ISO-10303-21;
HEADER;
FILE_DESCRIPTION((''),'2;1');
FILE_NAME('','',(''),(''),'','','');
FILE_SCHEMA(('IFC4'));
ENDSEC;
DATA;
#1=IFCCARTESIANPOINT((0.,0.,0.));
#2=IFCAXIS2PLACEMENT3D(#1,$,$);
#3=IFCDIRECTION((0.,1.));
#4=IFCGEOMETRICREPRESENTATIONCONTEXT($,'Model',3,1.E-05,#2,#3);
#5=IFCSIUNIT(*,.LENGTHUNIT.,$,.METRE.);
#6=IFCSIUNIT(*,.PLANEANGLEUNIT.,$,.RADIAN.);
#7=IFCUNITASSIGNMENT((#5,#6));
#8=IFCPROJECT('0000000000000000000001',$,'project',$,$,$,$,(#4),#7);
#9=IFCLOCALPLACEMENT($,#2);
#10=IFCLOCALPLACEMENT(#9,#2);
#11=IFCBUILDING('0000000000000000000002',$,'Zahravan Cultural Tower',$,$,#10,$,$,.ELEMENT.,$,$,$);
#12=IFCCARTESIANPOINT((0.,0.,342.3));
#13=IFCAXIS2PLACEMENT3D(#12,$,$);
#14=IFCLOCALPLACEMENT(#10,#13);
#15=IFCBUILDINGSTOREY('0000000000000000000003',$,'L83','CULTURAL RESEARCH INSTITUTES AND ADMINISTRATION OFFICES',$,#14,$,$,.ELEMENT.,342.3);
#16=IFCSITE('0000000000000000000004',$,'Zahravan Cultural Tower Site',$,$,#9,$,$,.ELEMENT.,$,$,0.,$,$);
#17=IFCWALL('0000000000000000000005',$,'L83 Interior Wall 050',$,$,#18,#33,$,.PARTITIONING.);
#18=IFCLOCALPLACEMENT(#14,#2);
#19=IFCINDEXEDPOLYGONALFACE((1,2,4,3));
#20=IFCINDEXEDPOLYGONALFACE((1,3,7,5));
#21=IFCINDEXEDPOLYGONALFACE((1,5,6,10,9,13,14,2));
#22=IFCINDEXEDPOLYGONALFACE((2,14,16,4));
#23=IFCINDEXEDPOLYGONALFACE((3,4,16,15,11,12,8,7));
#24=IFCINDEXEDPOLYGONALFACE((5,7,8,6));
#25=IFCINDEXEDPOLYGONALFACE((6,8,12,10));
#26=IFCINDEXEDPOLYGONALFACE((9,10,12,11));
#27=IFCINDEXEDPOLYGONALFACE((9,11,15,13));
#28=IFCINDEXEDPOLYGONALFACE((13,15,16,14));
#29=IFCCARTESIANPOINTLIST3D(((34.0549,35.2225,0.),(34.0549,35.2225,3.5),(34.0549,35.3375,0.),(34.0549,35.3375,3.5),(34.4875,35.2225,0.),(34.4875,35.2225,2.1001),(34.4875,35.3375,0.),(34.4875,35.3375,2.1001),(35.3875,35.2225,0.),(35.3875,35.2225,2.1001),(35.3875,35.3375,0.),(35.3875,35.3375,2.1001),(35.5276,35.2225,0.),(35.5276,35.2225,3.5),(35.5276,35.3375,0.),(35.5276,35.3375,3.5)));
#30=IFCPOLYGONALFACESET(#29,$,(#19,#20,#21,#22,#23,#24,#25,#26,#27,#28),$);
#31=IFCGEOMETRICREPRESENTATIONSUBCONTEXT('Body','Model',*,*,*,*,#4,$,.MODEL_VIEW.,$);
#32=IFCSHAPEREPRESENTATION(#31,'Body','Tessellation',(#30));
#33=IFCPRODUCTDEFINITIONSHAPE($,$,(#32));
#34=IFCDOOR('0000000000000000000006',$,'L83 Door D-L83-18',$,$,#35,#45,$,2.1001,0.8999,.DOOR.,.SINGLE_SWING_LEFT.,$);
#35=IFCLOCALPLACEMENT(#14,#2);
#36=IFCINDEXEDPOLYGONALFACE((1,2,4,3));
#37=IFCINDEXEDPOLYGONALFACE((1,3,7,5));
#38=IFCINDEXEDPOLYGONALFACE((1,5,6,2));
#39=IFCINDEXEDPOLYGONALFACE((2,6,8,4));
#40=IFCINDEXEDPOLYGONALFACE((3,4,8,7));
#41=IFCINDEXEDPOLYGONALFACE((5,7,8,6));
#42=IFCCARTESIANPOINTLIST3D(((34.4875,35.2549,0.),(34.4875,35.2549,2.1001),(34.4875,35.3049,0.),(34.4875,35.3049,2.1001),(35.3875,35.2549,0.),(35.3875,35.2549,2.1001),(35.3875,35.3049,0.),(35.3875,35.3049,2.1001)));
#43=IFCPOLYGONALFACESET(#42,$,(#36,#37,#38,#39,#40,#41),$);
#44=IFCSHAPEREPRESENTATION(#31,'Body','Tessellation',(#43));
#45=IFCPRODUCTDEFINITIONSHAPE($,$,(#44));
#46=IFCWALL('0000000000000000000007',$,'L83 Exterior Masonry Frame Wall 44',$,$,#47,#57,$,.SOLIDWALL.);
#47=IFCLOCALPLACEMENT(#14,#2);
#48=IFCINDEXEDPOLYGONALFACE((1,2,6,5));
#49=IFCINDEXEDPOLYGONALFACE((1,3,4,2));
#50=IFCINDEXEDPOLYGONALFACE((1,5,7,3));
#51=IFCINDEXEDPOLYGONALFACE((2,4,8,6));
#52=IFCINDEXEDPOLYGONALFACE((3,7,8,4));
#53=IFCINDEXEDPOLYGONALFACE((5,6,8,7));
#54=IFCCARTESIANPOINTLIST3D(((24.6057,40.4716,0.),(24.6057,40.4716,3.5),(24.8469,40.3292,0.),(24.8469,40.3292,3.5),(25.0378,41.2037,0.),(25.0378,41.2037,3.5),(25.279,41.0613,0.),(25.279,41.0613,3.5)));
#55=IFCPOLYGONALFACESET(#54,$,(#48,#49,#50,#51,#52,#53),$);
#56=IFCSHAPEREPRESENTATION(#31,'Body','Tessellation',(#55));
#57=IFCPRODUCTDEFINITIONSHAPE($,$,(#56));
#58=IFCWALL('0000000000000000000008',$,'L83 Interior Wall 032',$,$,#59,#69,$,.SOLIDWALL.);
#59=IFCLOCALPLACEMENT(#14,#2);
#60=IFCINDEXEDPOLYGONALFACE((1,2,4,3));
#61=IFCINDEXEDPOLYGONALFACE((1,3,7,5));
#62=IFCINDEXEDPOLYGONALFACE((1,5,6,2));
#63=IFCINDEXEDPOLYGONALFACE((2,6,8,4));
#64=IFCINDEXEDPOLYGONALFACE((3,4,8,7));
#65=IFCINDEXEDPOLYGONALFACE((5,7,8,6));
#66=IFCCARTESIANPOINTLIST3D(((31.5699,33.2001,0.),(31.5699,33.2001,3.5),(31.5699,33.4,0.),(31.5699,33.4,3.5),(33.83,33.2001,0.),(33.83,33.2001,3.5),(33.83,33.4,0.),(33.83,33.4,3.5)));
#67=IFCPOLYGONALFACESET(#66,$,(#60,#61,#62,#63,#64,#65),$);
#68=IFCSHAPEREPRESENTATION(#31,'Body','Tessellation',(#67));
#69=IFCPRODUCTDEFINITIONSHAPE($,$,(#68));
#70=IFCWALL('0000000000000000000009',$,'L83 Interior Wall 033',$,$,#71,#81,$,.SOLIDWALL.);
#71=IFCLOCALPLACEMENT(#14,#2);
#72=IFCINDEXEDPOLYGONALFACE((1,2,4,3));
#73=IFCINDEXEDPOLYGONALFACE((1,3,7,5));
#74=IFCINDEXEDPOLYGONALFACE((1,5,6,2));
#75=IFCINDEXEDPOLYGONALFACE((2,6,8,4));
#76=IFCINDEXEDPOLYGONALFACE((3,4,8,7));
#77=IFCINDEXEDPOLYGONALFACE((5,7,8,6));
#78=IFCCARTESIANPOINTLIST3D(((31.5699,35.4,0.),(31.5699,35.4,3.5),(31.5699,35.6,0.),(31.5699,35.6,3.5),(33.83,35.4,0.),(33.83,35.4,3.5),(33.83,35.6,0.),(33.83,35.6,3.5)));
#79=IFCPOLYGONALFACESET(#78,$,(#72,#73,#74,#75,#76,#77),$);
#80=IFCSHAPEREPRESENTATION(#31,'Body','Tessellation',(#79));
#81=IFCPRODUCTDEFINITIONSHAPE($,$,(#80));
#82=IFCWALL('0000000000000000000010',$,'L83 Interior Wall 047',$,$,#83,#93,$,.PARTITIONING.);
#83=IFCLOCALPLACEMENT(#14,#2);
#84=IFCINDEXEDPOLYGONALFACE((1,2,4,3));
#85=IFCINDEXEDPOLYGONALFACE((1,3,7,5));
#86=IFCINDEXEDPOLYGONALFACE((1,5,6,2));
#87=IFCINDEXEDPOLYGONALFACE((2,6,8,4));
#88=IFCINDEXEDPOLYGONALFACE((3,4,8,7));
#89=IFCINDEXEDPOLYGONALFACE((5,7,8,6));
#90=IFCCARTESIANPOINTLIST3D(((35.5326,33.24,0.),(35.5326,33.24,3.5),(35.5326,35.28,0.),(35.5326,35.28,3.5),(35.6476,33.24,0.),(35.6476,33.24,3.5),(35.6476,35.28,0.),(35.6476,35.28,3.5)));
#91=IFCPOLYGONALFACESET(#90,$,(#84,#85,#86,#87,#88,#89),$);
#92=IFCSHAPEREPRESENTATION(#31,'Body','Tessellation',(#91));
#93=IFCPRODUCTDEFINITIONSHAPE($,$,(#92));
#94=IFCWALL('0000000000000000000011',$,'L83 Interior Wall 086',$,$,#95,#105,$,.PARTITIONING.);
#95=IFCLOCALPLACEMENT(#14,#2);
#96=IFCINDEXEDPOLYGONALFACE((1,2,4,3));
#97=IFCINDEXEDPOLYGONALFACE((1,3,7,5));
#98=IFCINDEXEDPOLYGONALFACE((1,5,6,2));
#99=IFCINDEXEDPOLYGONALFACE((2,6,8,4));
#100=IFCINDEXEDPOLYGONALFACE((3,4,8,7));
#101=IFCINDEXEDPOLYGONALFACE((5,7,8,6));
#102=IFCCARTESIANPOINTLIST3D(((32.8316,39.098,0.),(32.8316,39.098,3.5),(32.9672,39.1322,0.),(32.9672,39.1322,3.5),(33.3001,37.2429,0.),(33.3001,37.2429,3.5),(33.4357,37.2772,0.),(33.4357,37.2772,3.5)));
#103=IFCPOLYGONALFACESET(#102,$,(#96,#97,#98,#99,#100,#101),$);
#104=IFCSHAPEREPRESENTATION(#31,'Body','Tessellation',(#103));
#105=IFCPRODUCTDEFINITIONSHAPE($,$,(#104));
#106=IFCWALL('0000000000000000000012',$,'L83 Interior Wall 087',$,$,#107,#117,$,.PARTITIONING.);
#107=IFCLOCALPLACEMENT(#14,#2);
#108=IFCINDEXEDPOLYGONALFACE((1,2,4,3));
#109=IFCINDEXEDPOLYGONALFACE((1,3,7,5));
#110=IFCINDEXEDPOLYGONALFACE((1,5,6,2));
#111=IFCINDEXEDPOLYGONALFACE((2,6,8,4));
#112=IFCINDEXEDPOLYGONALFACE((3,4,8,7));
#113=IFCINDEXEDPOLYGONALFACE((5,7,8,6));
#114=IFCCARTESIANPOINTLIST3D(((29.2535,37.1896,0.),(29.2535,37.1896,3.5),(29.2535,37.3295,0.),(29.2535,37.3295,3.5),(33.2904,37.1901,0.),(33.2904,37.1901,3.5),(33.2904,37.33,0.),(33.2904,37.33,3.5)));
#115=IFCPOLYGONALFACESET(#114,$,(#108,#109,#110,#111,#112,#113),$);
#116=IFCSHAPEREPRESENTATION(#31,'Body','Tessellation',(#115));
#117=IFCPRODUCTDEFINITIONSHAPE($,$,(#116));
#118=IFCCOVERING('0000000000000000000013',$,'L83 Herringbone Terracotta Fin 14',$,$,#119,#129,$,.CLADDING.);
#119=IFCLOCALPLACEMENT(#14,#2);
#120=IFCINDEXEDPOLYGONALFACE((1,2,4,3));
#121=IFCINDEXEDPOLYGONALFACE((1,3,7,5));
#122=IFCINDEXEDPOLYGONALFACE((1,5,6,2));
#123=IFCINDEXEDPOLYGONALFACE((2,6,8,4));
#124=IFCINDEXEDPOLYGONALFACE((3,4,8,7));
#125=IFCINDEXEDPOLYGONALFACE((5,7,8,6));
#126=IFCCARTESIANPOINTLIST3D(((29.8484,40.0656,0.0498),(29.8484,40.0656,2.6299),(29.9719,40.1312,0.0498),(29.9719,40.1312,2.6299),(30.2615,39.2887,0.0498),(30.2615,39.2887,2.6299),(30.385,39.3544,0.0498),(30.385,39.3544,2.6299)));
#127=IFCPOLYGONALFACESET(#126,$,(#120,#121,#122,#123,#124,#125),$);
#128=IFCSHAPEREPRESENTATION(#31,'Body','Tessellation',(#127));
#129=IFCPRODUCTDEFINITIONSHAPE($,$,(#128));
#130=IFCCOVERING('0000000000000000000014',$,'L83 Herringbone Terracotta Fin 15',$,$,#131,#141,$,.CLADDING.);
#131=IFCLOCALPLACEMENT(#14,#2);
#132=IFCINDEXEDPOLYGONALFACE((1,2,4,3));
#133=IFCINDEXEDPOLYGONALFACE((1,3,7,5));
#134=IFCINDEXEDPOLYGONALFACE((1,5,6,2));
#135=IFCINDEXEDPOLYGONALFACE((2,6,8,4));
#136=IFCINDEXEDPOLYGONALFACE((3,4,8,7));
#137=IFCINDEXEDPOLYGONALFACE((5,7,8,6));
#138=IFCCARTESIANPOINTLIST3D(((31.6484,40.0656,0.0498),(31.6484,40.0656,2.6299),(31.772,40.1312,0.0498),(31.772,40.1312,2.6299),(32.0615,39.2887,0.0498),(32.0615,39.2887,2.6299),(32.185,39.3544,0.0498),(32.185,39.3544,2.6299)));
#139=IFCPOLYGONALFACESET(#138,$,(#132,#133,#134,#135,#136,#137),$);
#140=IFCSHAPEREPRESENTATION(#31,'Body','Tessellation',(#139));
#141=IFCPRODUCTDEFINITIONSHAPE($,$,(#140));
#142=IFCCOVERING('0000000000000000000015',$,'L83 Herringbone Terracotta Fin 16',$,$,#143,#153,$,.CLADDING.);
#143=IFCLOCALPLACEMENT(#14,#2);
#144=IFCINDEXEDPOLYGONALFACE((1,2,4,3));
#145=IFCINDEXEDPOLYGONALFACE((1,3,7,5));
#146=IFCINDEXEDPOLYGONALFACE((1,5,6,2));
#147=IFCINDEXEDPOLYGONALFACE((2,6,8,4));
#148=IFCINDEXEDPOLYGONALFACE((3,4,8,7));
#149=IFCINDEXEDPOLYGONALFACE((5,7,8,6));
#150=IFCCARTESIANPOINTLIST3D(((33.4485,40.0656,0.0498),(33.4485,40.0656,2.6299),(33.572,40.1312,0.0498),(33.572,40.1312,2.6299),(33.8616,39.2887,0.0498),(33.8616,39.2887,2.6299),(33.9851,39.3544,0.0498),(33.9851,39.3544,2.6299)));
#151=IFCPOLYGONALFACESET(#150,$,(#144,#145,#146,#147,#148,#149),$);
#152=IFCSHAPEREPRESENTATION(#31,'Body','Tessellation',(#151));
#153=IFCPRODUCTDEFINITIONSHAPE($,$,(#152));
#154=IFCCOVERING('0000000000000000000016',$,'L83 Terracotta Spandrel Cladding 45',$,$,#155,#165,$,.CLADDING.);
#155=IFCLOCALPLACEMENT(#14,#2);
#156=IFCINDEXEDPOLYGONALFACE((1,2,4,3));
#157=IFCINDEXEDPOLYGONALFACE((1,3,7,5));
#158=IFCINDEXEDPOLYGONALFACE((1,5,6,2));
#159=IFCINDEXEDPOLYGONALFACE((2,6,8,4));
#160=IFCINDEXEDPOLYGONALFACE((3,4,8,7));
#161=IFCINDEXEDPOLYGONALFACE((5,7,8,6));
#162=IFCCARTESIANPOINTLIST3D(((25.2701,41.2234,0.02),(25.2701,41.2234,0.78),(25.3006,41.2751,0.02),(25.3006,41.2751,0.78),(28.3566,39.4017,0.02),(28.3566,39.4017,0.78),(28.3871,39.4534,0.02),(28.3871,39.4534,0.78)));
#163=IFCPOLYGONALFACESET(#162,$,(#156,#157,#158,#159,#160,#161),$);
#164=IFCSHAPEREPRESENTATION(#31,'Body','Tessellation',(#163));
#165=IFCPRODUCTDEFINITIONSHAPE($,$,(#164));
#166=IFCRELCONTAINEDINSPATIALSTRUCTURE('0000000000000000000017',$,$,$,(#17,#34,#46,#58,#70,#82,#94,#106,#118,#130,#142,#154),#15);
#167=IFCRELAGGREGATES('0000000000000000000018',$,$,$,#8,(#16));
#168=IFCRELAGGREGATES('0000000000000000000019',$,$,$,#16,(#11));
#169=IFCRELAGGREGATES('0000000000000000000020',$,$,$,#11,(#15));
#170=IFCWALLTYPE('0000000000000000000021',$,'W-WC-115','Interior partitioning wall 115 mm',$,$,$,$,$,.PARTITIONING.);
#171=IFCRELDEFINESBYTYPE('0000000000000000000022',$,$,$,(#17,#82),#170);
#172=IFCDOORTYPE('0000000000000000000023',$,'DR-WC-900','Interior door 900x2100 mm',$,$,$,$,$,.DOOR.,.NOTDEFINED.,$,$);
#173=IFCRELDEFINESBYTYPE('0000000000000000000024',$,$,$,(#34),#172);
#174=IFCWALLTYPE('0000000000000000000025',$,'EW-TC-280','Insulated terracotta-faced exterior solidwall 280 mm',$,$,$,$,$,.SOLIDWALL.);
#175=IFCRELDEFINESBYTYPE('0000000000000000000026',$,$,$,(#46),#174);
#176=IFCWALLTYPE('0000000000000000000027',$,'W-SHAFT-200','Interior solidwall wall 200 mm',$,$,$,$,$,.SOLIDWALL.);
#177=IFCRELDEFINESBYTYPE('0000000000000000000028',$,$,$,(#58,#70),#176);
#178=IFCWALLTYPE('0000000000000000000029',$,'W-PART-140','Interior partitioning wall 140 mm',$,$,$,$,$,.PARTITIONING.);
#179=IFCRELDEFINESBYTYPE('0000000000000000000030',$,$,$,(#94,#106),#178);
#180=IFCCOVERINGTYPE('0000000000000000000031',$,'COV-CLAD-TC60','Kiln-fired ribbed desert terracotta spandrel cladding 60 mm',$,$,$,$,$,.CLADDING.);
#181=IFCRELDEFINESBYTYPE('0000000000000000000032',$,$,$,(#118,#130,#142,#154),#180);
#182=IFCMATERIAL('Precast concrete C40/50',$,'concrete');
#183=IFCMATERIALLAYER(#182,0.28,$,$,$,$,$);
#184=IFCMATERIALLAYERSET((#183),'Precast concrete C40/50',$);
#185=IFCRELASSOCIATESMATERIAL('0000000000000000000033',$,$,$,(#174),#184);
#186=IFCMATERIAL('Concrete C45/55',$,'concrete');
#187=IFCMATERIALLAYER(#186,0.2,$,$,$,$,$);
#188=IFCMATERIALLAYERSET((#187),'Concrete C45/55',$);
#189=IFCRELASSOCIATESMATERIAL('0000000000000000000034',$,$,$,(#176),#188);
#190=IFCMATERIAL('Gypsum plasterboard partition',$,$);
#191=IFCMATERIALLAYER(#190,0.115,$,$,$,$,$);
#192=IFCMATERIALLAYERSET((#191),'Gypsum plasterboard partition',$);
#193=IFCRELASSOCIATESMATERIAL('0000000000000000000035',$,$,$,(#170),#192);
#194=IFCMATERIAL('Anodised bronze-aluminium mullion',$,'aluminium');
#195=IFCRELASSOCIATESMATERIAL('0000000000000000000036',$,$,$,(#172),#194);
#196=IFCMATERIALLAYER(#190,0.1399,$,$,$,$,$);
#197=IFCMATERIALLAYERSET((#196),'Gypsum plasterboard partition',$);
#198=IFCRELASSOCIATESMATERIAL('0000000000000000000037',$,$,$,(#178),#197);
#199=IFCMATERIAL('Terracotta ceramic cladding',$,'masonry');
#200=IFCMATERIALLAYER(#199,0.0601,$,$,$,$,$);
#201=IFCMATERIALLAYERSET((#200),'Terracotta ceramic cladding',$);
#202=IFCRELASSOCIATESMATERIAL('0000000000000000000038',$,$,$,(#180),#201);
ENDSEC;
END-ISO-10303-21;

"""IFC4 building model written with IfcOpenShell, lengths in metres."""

from ifc_helpers import new_model, si_unit, direction, frame, frame_2d, origin, origin_2d, place, context, subcontext, project, spatial, rectangle, extrude, source, transform, mapped, material, layer, layer_set, type_object, element, fill, save


model = new_model("IFC4")

# Units and contexts
model_context = context("Model", 3, precision=1e-05, world=origin(), true_north=direction((0.0, 1.0)))
body_context = subcontext(model_context, "Body", "Model", "MODEL_VIEW")
ifc_project = project(units=[si_unit("LENGTHUNIT", "METRE"), si_unit("PLANEANGLEUNIT", "RADIAN")], contexts=[model_context])

# Site, building, storey
site_placement = place(None, origin())
site = spatial("IfcSite", under=ifc_project, at=site_placement, Name="Zahravan Cultural Tower Site", CompositionType="ELEMENT", RefElevation=0.0)
building_placement = place(site_placement, origin())
building = spatial("IfcBuilding", under=site, at=building_placement, Name="Zahravan Cultural Tower", CompositionType="ELEMENT")
storey_placement = place(building_placement, frame((0.0, 0.0, 342.3)))
storey = spatial("IfcBuildingStorey", under=building, at=storey_placement, Name="L83", Description="CULTURAL RESEARCH INSTITUTES AND ADMINISTRATION OFFICES", CompositionType="ELEMENT", Elevation=342.3)

# Shared definitions
ifc_material_1 = material(Name="Precast concrete C40/50", Category="concrete")
ifc_layer_1 = layer(ifc_material_1, 0.28)
ifc_layer_set_1 = layer_set([ifc_layer_1], Name="Precast concrete C40/50")
wall_type_1 = type_object("IfcWallType", Name="EW-TC-280", Description="Insulated terracotta-faced exterior solidwall 280 mm", PredefinedType="SOLIDWALL", material=ifc_layer_set_1)

# Wall, opening, door
ifc_material_2 = material(Name="Concrete C45/55", Category="concrete")
ifc_layer_2 = layer(ifc_material_2, 0.2)
ifc_layer_set_2 = layer_set([ifc_layer_2], Name="Concrete C45/55")
wall_type_2 = type_object("IfcWallType", Name="W-SHAFT-200", Description="Interior solidwall wall 200 mm", PredefinedType="SOLIDWALL", material=ifc_layer_set_2)
ifc_material_3 = material(Name="Gypsum plasterboard partition")
ifc_layer_3 = layer(ifc_material_3, 0.115)
ifc_layer_set_3 = layer_set([ifc_layer_3], Name="Gypsum plasterboard partition")
wall_type_3 = type_object("IfcWallType", Name="W-WC-115", Description="Interior partitioning wall 115 mm", PredefinedType="PARTITIONING", material=ifc_layer_set_3)
ifc_material_4 = material(Name="Anodised bronze-aluminium mullion", Category="aluminium")
door_type_1 = type_object("IfcDoorType", Name="DR-WC-900", Description="Interior door 900x2100 mm", OperationType="NOTDEFINED", PredefinedType="DOOR", material=ifc_material_4)
shared_shape_1 = source(origin(), body_context, "Body", "SweptSolid", [
    extrude(rectangle(XDim=0.8999, YDim=2.1001, at=frame_2d((0.45, 1.05))), frame((0.0, 0.0249, 0.0), z_axis=(0.0, -1.0, 0.0), x_axis=(1.0, 0.0, 0.0)), (0.0, 0.0, 1.0), 0.05),
])
wall_1_placement = place(storey_placement, frame((34.0549, 35.28, 0.0), z_axis=(0.0, 0.0, 1.0), x_axis=(1.0, 0.0, 0.0)))
wall_1 = element("IfcWall", 1, at=wall_1_placement, inside=storey, type_object=wall_type_3, Name="L83 Interior Wall 050", PredefinedType="PARTITIONING", context=body_context, shape_type="SweptSolid", body=[
    extrude(rectangle(XDim=1.4727, YDim=0.115, at=frame_2d((0.7363, 0.0))), origin(), (0.0, 0.0, 1.0), 3.5),
])
opening_1_placement = place(wall_1_placement, frame((0.4326, 0.0, 0.0)))
opening_1 = element("IfcOpeningElement", 2, at=opening_1_placement, cuts=wall_1, PredefinedType="OPENING", context=body_context, shape_type="SweptSolid", body=[
    extrude(rectangle(XDim=0.8999, YDim=2.1001, at=frame_2d((0.45, 1.05))), frame((0.0, 0.0674, 0.0), z_axis=(0.0, -1.0, 0.0), x_axis=(1.0, 0.0, 0.0)), (0.0, 0.0, 1.0), 0.135),
])
door_1_placement = place(opening_1_placement, origin())
door_1 = element("IfcDoor", 3, at=door_1_placement, inside=storey, type_object=door_type_1, Name="L83 Door D-L83-18", OperationType="SINGLE_SWING_LEFT", OverallHeight=2.1001, OverallWidth=0.8999, PredefinedType="DOOR", context=body_context, shape_type="MappedRepresentation", body=[
    mapped(shared_shape_1, transform((0.0, 0.0, 0.0), x_axis=(1.0, 0.0, 0.0), y_axis=(0.0, 1.0, 0.0), z_axis=(0.0, 0.0, 1.0), scale=1.0)),
])
fill(opening_1, door_1)

# Walls
shared_shape_2 = source(origin(), body_context, "Body", "SweptSolid", [
    extrude(rectangle(XDim=0.8501, YDim=0.28, at=frame_2d((0.425, 0.0))), origin(), (0.0, 0.0, 1.0), 3.5),
])
wall_2_placement = place(storey_placement, frame((24.7263, 40.4004, 0.0), z_axis=(0.0, 0.0, 1.0), x_axis=(0.508275, 0.861195, 0.0)))
element("IfcWall", 4, at=wall_2_placement, inside=storey, type_object=wall_type_1, Name="L83 Exterior Masonry Frame Wall 44", PredefinedType="SOLIDWALL", context=body_context, shape_type="MappedRepresentation", body=[
    mapped(shared_shape_2, transform((0.0, 0.0, 0.0), x_axis=(1.0, 0.0, 0.0), y_axis=(0.0, 1.0, 0.0), z_axis=(0.0, 0.0, 1.0), scale=1.0)),
])
shared_shape_3 = source(origin(), body_context, "Body", "SweptSolid", [
    extrude(rectangle(XDim=2.26, YDim=0.2, at=frame_2d((1.1299, 0.0))), origin(), (0.0, 0.0, 1.0), 3.5),
])
for number, where, z_axis, x_axis, name in (
    (5, (31.5701, 33.3, 0.0), (0.0, 0.0, 1.0), (1.0, 0.0, 0.0), "L83 Interior Wall 032"),
    (6, (31.5701, 35.5, 0.0), (0.0, 0.0, 1.0), (1.0, 0.0, 0.0), "L83 Interior Wall 033"),
):
    element("IfcWall", number, at=place(storey_placement, frame(where, z_axis=z_axis, x_axis=x_axis)), inside=storey, type_object=wall_type_2, Name=name, PredefinedType="SOLIDWALL", context=body_context, shape_type="MappedRepresentation", body=[
        mapped(shared_shape_3, transform((0.0, 0.0, 0.0), x_axis=(1.0, 0.0, 0.0), y_axis=(0.0, 1.0, 0.0), z_axis=(0.0, 0.0, 1.0), scale=1.0)),
    ])
shared_shape_4 = source(origin(), body_context, "Body", "SweptSolid", [
    extrude(rectangle(XDim=2.04, YDim=0.115, at=frame_2d((1.02, 0.0))), origin(), (0.0, 0.0, 1.0), 3.5),
])
wall_3_placement = place(storey_placement, frame((35.5901, 33.24, 0.0), z_axis=(0.0, 0.0, 1.0), x_axis=(0.0, 1.0, 0.0)))
element("IfcWall", 7, at=wall_3_placement, inside=storey, type_object=wall_type_3, Name="L83 Interior Wall 047", PredefinedType="PARTITIONING", context=body_context, shape_type="MappedRepresentation", body=[
    mapped(shared_shape_4, transform((0.0, 0.0, 0.0), x_axis=(1.0, 0.0, 0.0), y_axis=(0.0, 1.0, 0.0), z_axis=(0.0, 0.0, 1.0), scale=1.0)),
])
ifc_layer_4 = layer(ifc_material_3, 0.1399)
ifc_layer_set_4 = layer_set([ifc_layer_4], Name="Gypsum plasterboard partition")
wall_type_4 = type_object("IfcWallType", Name="W-PART-140", Description="Interior partitioning wall 140 mm", PredefinedType="PARTITIONING", material=ifc_layer_set_4)
shared_shape_5 = source(origin(), body_context, "Body", "SweptSolid", [
    extrude(rectangle(XDim=1.9133, YDim=0.1399, at=frame_2d((0.9565, 0.0))), origin(), (0.0, 0.0, 1.0), 3.5),
])
wall_4_placement = place(storey_placement, frame((32.8994, 39.115, 0.0), z_axis=(0.0, 0.0, 1.0), x_axis=(0.244877, -0.969554, 0.0)))
element("IfcWall", 8, at=wall_4_placement, inside=storey, type_object=wall_type_4, Name="L83 Interior Wall 086", PredefinedType="PARTITIONING", context=body_context, shape_type="MappedRepresentation", body=[
    mapped(shared_shape_5, transform((0.0, 0.0, 0.0), x_axis=(1.0, 0.0, 0.0), y_axis=(0.0, 1.0, 0.0), z_axis=(0.0, 0.0, 1.0), scale=1.0)),
])
shared_shape_6 = source(origin(), body_context, "Body", "SweptSolid", [
    extrude(rectangle(XDim=4.0369, YDim=0.1399, at=frame_2d((2.0186, 0.0))), origin(), (0.0, 0.0, 1.0), 3.5),
])
wall_5_placement = place(storey_placement, frame((33.2905, 37.26, 0.0), z_axis=(0.0, 0.0, 1.0), x_axis=(-1.0, -0.000121, 0.0)))
element("IfcWall", 9, at=wall_5_placement, inside=storey, type_object=wall_type_4, Name="L83 Interior Wall 087", PredefinedType="PARTITIONING", context=body_context, shape_type="MappedRepresentation", body=[
    mapped(shared_shape_6, transform((0.0, 0.0, 0.0), x_axis=(1.0, 0.0, 0.0), y_axis=(0.0, 1.0, 0.0), z_axis=(0.0, 0.0, 1.0), scale=1.0)),
])

# Coverings
ifc_material_5 = material(Name="Terracotta ceramic cladding", Category="masonry")
ifc_layer_5 = layer(ifc_material_5, 0.0601)
ifc_layer_set_5 = layer_set([ifc_layer_5], Name="Terracotta ceramic cladding")
covering_type = type_object("IfcCoveringType", Name="COV-CLAD-TC60", Description="Kiln-fired ribbed desert terracotta spandrel cladding 60 mm", PredefinedType="CLADDING", material=ifc_layer_set_5)
shared_shape_7 = source(origin(), body_context, "Body", "SweptSolid", [
    extrude(rectangle(XDim=0.8799, YDim=0.1399, at=origin_2d()), origin(), (0.0, 0.0, 1.0), 2.5801),
])
for number, where, z_axis, x_axis, name in (
    (10, (30.1167, 39.71, 0.0498), (0.0, 0.0, 1.0), (-0.469472, 0.882948, 0.0), "L83 Herringbone Terracotta Fin 14"),
    (11, (31.9167, 39.71, 0.0498), (0.0, 0.0, 1.0), (-0.469472, 0.882948, 0.0), "L83 Herringbone Terracotta Fin 15"),
    (12, (33.7168, 39.71, 0.0498), (0.0, 0.0, 1.0), (-0.469472, 0.882948, 0.0), "L83 Herringbone Terracotta Fin 16"),
):
    element("IfcCovering", number, at=place(storey_placement, frame(where, z_axis=z_axis, x_axis=x_axis)), inside=storey, type_object=covering_type, Name=name, PredefinedType="CLADDING", context=body_context, shape_type="MappedRepresentation", body=[
        mapped(shared_shape_7, transform((0.0, 0.0, 0.0), x_axis=(1.0, 0.0, 0.0), y_axis=(0.0, 1.0, 0.0), z_axis=(0.0, 0.0, 1.0), scale=1.0)),
    ])
shared_shape_8 = source(origin(), body_context, "Body", "SweptSolid", [
    extrude(rectangle(XDim=3.584, YDim=0.0601, at=origin_2d()), origin(), (0.0, 0.0, 1.0), 0.76),
])
covering_1_placement = place(storey_placement, frame((26.8286, 40.3384, 0.02), z_axis=(0.0, 0.0, 1.0), x_axis=(0.861186, -0.50829, 0.0)))
element("IfcCovering", 13, at=covering_1_placement, inside=storey, type_object=covering_type, Name="L83 Terracotta Spandrel Cladding 45", PredefinedType="CLADDING", context=body_context, shape_type="MappedRepresentation", body=[
    mapped(shared_shape_8, transform((0.0, 0.0, 0.0), x_axis=(1.0, 0.0, 0.0), y_axis=(0.0, 1.0, 0.0), z_axis=(0.0, 0.0, 1.0), scale=1.0)),
])

save(model, "model.ifc")
